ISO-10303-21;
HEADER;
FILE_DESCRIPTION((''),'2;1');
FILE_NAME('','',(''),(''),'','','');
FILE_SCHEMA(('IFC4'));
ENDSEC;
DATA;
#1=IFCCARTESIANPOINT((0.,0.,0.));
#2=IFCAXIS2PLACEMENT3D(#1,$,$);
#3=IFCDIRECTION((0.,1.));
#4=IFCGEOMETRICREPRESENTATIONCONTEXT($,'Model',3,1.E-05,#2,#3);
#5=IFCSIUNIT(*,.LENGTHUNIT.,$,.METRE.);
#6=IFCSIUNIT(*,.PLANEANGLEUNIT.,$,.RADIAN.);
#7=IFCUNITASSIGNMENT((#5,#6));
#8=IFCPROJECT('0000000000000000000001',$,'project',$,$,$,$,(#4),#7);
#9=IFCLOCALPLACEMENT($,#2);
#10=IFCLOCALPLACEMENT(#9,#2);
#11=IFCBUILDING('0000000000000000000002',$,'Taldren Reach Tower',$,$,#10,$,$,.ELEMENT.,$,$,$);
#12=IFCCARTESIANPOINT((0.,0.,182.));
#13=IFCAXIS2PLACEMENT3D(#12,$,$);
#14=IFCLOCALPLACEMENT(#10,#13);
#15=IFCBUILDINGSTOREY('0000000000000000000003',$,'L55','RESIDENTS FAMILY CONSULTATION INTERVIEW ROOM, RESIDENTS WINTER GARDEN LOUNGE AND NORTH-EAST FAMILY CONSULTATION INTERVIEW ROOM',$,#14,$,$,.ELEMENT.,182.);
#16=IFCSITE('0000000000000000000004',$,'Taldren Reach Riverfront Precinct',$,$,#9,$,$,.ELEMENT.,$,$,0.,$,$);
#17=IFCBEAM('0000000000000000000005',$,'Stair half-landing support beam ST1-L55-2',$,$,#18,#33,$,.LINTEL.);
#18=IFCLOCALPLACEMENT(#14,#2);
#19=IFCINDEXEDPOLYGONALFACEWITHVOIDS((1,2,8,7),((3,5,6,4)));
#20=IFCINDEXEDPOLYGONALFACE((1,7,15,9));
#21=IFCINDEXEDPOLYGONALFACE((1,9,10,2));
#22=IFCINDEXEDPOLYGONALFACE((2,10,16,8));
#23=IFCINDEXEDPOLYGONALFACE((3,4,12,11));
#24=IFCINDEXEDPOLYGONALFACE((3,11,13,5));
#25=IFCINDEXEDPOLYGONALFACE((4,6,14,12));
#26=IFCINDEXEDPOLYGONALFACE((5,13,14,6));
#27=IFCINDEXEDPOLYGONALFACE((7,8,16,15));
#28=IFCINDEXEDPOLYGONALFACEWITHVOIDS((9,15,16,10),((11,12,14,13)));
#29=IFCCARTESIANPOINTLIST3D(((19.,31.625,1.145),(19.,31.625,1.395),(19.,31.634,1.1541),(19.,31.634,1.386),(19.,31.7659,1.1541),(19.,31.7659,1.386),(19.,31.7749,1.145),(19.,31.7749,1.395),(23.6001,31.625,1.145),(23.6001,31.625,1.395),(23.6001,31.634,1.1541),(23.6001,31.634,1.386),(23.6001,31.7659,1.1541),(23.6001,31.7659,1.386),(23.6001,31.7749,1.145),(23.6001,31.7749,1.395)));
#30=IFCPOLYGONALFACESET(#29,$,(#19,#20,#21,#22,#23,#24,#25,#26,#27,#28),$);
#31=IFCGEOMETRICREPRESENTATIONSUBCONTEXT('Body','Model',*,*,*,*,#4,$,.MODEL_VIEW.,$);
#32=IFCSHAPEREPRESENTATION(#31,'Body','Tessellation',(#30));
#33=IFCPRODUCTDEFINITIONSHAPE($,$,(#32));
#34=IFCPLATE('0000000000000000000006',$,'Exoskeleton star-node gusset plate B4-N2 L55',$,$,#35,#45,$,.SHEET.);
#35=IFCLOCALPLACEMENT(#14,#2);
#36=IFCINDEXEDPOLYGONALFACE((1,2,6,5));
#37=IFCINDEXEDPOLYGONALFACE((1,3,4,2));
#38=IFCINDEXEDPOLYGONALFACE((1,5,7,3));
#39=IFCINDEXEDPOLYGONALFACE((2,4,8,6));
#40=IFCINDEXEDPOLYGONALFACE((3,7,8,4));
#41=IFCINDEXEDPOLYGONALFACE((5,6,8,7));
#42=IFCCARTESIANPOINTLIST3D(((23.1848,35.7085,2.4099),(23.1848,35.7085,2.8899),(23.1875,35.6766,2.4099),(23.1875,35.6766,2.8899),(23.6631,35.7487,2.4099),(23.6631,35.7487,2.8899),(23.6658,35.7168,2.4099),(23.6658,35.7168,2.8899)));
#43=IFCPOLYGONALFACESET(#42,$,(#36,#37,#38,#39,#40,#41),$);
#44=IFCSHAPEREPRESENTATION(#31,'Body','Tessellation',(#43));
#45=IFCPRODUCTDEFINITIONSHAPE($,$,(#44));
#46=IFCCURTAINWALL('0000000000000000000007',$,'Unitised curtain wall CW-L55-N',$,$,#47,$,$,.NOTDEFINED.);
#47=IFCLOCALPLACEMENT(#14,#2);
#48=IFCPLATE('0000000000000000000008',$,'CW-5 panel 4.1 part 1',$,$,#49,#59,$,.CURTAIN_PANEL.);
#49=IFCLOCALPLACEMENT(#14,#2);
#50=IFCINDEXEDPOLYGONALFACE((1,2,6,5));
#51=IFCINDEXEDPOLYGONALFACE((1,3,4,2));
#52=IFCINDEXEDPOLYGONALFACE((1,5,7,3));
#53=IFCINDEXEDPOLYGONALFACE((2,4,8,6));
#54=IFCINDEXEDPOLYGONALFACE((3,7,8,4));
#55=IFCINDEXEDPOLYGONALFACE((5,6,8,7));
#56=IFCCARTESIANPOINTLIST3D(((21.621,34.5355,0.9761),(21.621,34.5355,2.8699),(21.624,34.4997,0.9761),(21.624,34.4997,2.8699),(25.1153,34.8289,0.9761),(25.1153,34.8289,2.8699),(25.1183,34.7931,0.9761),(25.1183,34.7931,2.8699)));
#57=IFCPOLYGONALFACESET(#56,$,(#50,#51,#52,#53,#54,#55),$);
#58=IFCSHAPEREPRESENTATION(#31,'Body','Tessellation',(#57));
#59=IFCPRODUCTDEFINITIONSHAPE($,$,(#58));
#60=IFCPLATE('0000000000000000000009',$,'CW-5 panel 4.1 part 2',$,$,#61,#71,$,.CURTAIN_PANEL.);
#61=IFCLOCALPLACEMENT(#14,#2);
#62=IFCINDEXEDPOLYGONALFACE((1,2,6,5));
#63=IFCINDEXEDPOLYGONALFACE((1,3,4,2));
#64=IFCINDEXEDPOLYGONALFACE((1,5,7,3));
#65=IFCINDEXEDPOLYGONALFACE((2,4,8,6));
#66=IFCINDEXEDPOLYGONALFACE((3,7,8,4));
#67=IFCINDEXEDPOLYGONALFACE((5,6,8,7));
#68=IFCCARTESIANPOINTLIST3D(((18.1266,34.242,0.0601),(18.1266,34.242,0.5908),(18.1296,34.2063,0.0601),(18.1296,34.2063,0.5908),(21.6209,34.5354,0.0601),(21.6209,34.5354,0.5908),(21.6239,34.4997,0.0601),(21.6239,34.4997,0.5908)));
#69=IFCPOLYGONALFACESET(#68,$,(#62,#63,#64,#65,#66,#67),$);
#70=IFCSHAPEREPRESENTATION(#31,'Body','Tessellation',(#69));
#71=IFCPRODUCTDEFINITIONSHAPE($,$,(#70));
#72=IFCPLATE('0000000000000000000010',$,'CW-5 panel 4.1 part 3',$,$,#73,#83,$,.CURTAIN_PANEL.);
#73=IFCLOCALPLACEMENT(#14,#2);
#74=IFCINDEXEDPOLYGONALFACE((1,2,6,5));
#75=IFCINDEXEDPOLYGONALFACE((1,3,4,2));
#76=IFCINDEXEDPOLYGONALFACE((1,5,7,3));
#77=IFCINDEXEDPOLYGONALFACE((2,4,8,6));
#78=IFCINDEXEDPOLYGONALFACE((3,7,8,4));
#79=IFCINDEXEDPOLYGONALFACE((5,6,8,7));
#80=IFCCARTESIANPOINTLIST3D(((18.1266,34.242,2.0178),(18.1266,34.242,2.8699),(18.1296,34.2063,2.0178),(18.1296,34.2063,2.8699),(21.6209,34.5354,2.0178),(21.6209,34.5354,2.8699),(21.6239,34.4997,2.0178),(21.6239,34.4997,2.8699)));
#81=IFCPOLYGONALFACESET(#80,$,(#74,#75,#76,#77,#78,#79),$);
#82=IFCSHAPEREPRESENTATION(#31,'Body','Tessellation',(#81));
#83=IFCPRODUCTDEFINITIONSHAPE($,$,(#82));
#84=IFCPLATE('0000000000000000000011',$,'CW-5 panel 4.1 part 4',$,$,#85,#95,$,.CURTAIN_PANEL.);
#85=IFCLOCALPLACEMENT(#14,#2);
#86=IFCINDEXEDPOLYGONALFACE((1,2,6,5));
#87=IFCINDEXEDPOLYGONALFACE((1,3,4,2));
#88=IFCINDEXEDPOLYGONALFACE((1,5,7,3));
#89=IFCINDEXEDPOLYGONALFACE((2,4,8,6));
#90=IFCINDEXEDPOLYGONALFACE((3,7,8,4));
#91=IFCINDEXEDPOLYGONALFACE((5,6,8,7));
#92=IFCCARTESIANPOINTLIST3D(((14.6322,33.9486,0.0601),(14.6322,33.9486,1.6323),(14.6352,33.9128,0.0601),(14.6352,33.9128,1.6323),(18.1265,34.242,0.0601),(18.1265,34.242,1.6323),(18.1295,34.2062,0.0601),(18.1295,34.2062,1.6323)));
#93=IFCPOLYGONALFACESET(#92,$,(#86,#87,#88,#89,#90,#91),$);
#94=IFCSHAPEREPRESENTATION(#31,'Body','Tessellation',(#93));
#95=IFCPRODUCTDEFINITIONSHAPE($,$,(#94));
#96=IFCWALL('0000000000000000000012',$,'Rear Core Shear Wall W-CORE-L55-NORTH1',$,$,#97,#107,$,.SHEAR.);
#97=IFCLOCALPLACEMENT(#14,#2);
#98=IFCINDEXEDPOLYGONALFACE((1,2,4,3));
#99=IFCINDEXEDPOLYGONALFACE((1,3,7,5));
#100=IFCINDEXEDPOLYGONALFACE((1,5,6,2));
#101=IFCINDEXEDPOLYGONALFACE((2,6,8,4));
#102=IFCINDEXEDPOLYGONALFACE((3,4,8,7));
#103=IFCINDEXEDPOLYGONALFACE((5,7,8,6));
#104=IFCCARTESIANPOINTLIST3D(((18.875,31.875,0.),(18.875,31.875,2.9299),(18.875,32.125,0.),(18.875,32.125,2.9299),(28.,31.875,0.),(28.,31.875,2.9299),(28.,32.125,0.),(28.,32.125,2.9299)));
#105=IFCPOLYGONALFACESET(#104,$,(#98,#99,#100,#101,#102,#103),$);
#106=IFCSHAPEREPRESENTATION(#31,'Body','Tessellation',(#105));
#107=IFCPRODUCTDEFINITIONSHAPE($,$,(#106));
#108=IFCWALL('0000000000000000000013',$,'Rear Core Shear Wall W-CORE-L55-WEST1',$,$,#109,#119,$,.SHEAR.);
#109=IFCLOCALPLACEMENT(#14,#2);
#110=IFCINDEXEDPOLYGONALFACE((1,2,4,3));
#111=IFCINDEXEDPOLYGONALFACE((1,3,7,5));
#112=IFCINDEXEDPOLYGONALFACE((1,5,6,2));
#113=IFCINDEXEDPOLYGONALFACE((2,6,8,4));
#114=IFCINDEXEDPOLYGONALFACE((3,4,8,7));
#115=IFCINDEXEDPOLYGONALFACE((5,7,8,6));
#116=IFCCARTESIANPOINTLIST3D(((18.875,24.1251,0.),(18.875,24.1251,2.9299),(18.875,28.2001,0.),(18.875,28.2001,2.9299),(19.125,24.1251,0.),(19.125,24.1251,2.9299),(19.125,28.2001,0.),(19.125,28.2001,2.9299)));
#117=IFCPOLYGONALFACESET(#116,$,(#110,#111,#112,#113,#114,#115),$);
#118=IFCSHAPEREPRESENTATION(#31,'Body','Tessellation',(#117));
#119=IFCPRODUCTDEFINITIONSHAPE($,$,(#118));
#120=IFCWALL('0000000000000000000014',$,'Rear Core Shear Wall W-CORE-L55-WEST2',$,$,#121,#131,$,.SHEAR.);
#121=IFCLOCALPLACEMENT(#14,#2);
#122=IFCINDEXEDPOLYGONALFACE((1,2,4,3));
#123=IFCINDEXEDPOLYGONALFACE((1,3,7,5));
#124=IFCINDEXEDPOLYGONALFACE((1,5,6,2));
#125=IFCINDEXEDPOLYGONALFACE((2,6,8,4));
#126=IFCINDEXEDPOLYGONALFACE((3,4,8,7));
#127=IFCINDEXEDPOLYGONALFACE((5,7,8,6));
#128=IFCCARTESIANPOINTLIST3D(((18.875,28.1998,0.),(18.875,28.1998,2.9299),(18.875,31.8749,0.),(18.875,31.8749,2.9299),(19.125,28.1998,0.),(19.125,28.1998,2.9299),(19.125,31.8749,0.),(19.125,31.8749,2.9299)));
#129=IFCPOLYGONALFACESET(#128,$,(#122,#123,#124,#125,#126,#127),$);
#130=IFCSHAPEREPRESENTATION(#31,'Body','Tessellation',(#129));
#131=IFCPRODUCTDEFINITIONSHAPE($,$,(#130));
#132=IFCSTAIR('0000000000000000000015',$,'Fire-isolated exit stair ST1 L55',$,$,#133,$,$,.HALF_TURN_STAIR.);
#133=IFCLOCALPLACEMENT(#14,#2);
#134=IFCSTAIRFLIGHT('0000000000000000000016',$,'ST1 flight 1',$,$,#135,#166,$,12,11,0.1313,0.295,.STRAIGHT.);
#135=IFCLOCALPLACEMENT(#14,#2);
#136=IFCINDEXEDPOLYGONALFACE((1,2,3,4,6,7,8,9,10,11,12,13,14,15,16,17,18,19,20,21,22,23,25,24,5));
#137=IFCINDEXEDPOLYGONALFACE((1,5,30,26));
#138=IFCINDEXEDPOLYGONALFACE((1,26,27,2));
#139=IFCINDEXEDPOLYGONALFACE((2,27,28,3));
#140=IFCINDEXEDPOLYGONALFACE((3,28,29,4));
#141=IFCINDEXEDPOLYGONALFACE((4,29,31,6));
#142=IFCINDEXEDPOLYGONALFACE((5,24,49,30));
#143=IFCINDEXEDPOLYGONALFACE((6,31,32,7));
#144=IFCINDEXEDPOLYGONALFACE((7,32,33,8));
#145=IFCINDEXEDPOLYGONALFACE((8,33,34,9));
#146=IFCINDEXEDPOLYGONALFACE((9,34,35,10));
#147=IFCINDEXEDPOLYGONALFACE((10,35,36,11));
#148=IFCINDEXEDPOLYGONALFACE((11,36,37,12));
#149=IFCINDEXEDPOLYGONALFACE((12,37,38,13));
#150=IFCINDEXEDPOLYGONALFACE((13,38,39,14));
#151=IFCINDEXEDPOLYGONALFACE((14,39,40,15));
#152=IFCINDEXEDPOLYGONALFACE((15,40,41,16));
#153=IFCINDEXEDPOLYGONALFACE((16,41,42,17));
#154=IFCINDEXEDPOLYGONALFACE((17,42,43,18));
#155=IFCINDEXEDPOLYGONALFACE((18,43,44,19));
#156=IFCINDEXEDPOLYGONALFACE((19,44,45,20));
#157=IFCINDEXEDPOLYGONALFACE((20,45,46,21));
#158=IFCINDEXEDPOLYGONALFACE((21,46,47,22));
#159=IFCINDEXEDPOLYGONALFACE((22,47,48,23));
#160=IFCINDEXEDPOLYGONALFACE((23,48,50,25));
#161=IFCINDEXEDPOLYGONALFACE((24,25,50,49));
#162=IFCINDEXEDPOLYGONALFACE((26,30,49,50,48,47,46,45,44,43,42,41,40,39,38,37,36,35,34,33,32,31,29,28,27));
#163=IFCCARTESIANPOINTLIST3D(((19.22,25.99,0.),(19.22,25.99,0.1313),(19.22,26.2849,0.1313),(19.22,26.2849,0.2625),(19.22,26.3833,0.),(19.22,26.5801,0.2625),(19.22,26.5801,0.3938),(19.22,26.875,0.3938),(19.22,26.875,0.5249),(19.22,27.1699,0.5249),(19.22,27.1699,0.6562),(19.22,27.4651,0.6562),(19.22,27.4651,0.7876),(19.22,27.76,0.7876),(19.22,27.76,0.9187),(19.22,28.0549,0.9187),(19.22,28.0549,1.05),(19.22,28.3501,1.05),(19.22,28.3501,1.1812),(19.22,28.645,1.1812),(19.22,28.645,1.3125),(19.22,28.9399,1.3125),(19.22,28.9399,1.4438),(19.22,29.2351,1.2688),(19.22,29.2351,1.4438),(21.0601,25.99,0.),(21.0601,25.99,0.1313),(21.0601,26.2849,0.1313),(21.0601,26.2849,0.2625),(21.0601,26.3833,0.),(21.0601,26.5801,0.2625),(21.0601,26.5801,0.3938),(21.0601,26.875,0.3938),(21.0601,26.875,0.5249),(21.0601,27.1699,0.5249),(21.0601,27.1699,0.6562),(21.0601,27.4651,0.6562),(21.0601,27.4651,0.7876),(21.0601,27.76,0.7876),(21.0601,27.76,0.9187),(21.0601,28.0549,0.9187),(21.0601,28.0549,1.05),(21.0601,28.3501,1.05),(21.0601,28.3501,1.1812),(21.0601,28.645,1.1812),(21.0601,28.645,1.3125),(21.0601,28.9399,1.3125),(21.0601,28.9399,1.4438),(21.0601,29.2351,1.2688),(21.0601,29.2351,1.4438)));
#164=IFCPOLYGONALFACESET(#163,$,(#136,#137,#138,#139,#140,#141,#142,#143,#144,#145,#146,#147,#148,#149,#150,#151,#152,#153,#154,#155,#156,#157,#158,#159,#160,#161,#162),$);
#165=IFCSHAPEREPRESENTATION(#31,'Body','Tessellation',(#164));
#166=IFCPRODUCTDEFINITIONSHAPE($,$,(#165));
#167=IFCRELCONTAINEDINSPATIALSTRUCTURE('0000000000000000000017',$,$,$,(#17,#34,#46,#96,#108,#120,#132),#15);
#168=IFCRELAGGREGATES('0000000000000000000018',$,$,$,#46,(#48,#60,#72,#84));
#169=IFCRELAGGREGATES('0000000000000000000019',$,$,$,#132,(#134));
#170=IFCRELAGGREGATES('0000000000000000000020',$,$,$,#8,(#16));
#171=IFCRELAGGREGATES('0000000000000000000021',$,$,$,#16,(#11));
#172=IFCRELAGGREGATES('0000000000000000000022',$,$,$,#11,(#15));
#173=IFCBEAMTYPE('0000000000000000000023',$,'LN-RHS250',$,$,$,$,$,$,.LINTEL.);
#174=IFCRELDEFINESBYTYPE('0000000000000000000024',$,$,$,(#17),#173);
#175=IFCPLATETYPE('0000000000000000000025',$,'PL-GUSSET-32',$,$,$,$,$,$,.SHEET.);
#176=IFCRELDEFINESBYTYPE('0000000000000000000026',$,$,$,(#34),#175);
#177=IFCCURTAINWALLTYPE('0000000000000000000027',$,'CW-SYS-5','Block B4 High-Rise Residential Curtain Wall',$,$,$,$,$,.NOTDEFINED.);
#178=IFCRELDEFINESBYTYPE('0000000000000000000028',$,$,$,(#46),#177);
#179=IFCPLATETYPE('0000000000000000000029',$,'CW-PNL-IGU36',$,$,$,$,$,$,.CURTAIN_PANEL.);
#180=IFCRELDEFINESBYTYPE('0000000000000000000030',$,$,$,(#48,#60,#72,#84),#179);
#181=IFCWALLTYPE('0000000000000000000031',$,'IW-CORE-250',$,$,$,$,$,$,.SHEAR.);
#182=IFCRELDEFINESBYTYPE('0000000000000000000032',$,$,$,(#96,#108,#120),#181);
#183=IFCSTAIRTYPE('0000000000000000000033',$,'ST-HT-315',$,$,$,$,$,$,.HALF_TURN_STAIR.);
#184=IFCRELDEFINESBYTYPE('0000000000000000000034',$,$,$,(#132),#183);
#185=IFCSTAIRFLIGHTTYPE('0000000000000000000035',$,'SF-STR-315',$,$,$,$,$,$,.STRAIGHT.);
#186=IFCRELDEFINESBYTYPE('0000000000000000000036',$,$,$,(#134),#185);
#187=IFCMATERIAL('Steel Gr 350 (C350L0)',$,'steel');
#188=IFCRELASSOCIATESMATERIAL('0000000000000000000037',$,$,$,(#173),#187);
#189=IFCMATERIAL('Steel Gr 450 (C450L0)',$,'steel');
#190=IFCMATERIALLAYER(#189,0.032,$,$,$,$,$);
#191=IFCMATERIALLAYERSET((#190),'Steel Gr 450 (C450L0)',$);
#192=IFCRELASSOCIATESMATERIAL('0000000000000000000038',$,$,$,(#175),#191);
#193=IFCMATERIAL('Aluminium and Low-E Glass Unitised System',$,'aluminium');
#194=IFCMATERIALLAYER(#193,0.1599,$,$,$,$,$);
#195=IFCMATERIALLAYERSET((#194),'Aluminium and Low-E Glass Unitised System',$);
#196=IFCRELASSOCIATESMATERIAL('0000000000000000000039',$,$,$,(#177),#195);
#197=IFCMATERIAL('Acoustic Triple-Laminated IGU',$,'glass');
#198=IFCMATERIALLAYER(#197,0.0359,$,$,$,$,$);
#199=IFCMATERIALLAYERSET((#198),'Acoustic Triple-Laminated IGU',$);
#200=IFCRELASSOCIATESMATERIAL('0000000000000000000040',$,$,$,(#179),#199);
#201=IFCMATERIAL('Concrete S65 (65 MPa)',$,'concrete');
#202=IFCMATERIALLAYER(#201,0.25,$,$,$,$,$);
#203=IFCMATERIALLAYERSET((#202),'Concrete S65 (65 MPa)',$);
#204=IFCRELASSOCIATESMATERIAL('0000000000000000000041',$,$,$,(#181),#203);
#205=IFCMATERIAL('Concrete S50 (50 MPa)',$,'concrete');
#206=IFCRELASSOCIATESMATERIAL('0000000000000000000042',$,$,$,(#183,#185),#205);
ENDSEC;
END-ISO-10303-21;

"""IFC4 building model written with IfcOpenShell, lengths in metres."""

from ifc_helpers import new_model, si_unit, direction, frame, frame_2d, origin, origin_2d, place, context, subcontext, project, spatial, polyline, rectangle, hollow_rectangle, outline, extrude, source, transform, mapped, material, layer, layer_set, material_profile, profile_set, type_object, element, aggregate, save


model = new_model("IFC4")

# Units and contexts
model_context = context("Model", 3, precision=1e-05, world=origin(), true_north=direction((0.0, 1.0)))
body_context = subcontext(model_context, "Body", "Model", "MODEL_VIEW")
ifc_project = project(units=[si_unit("LENGTHUNIT", "METRE"), si_unit("PLANEANGLEUNIT", "RADIAN")], contexts=[model_context])

# Site, building, storey
site_placement = place(None, origin())
site = spatial("IfcSite", under=ifc_project, at=site_placement, Name="Taldren Reach Riverfront Precinct", CompositionType="ELEMENT", RefElevation=0.0)
building_placement = place(site_placement, origin())
building = spatial("IfcBuilding", under=site, at=building_placement, Name="Taldren Reach Tower", CompositionType="ELEMENT")
storey_placement = place(building_placement, frame((0.0, 0.0, 182.0)))
storey = spatial("IfcBuildingStorey", under=building, at=storey_placement, Name="L55", Description="RESIDENTS FAMILY CONSULTATION INTERVIEW ROOM, RESIDENTS WINTER GARDEN LOUNGE AND NORTH-EAST FAMILY CONSULTATION INTERVIEW ROOM", CompositionType="ELEMENT", Elevation=182.0)

# Shared definitions
ifc_material_1 = material(Name="Steel Gr 450 (C450L0)", Category="steel")

# Shared definitions
ifc_material_2 = material(Name="Steel Gr 350 (C350L0)", Category="steel")

# Beam
ifc_material_profile_1 = material_profile(ifc_material_2, hollow_rectangle(XDim=0.1499, YDim=0.25, WallThickness=0.009, at=origin_2d()), Name="250x150x9.0RHS")
ifc_profile_set_1 = profile_set([ifc_material_profile_1], Name="Steel Gr 350 (C350L0)")
beam_type_1 = type_object("IfcBeamType", Name="LN-RHS250", PredefinedType="LINTEL", material=ifc_profile_set_1)
shared_shape_1 = source(origin(), body_context, "Body", "SweptSolid", [
    extrude(hollow_rectangle(XDim=0.1499, YDim=0.25, WallThickness=0.009, at=origin_2d()), origin(), (0.0, 0.0, 1.0), 4.6001),
])
for number, where, z_axis, x_axis, name in (
    (1, (19.0, 31.7, 1.27), (1.0, 0.0, 0.0), (0.0, 1.0, 0.0), "Stair half-landing support beam ST1-L55-2"),
):
    element("IfcBeam", number, at=place(storey_placement, frame(where, z_axis=z_axis, x_axis=x_axis)), inside=storey, type_object=beam_type_1, Name=name, PredefinedType="LINTEL", context=body_context, shape_type="MappedRepresentation", body=[
        mapped(shared_shape_1, transform((0.0, 0.0, 0.0), scale=1.0)),
    ])

# Plate
ifc_layer_1 = layer(ifc_material_1, 0.032)
ifc_layer_set_1 = layer_set([ifc_layer_1], Name="Steel Gr 450 (C450L0)")
plate_type_1 = type_object("IfcPlateType", Name="PL-GUSSET-32", PredefinedType="SHEET", material=ifc_layer_set_1)
shared_shape_2 = source(origin(), body_context, "Body", "SweptSolid", [
    extrude(rectangle(XDim=0.48, YDim=0.032, at=origin_2d()), origin(), (0.0, 0.0, 1.0), 0.48),
])
plate_1_placement = place(storey_placement, frame((23.4253, 35.7126, 2.4099), z_axis=(0.0, 0.0, 1.0), x_axis=(0.996493, 0.083678, 0.0)))
element("IfcPlate", 2, at=plate_1_placement, inside=storey, type_object=plate_type_1, Name="Exoskeleton star-node gusset plate B4-N2 L55", PredefinedType="SHEET", context=body_context, shape_type="MappedRepresentation", body=[
    mapped(shared_shape_2, transform((0.0, 0.0, 0.0), scale=1.0)),
])

# Curtain wall, plates
ifc_material_3 = material(Name="Aluminium and Low-E Glass Unitised System", Category="aluminium")
ifc_layer_2 = layer(ifc_material_3, 0.1599)
ifc_layer_set_2 = layer_set([ifc_layer_2], Name="Aluminium and Low-E Glass Unitised System")
curtain_wall_type = type_object("IfcCurtainWallType", Name="CW-SYS-5", Description="Block B4 High-Rise Residential Curtain Wall", PredefinedType="NOTDEFINED", material=ifc_layer_set_2)
curtain_wall_placement = place(storey_placement, origin())
curtain_wall = element("IfcCurtainWall", 3, at=curtain_wall_placement, inside=storey, type_object=curtain_wall_type, Name="Unitised curtain wall CW-L55-N", PredefinedType="NOTDEFINED")
ifc_material_4 = material(Name="Acoustic Triple-Laminated IGU", Category="glass")
ifc_layer_3 = layer(ifc_material_4, 0.0359)
ifc_layer_set_3 = layer_set([ifc_layer_3], Name="Acoustic Triple-Laminated IGU")
plate_type_2 = type_object("IfcPlateType", Name="CW-PNL-IGU36", PredefinedType="CURTAIN_PANEL", material=ifc_layer_set_3)
shared_shape_3 = source(origin(), body_context, "Body", "SweptSolid", [
    extrude(rectangle(XDim=3.5066, YDim=0.0359, at=origin_2d()), origin(), (0.0, 0.0, 1.0), 1.8938),
])
plate_2_placement = place(storey_placement, frame((23.3696, 34.6643, 0.9761), z_axis=(0.0, 0.0, 1.0), x_axis=(-0.996493, -0.083678, 0.0)))
plate_2 = element("IfcPlate", 4, at=plate_2_placement, type_object=plate_type_2, Name="CW-5 panel 4.1 part 1", PredefinedType="CURTAIN_PANEL", context=body_context, shape_type="MappedRepresentation", body=[
    mapped(shared_shape_3, transform((0.0, 0.0, 0.0), scale=1.0)),
])
shared_shape_4 = source(origin(), body_context, "Body", "SweptSolid", [
    extrude(rectangle(XDim=3.5066, YDim=0.0359, at=origin_2d()), origin(), (0.0, 0.0, 1.0), 0.5308),
])
plate_3_placement = place(storey_placement, frame((19.8752, 34.3708, 0.0601), z_axis=(0.0, 0.0, 1.0), x_axis=(-0.996493, -0.083678, 0.0)))
plate_3 = element("IfcPlate", 5, at=plate_3_placement, type_object=plate_type_2, Name="CW-5 panel 4.1 part 2", PredefinedType="CURTAIN_PANEL", context=body_context, shape_type="MappedRepresentation", body=[
    mapped(shared_shape_4, transform((0.0, 0.0, 0.0), scale=1.0)),
])
shared_shape_5 = source(origin(), body_context, "Body", "SweptSolid", [
    extrude(rectangle(XDim=3.5066, YDim=0.0359, at=origin_2d()), origin(), (0.0, 0.0, 1.0), 0.8521),
])
plate_4_placement = place(storey_placement, frame((19.8752, 34.3708, 2.0178), z_axis=(0.0, 0.0, 1.0), x_axis=(-0.996493, -0.083678, 0.0)))
plate_4 = element("IfcPlate", 6, at=plate_4_placement, type_object=plate_type_2, Name="CW-5 panel 4.1 part 3", PredefinedType="CURTAIN_PANEL", context=body_context, shape_type="MappedRepresentation", body=[
    mapped(shared_shape_5, transform((0.0, 0.0, 0.0), scale=1.0)),
])
shared_shape_6 = source(origin(), body_context, "Body", "SweptSolid", [
    extrude(rectangle(XDim=3.5066, YDim=0.0359, at=origin_2d()), origin(), (0.0, 0.0, 1.0), 1.5723),
])
plate_5_placement = place(storey_placement, frame((16.3809, 34.0774, 0.0601), z_axis=(0.0, 0.0, 1.0), x_axis=(-0.996493, -0.083678, 0.0)))
plate_5 = element("IfcPlate", 7, at=plate_5_placement, type_object=plate_type_2, Name="CW-5 panel 4.1 part 4", PredefinedType="CURTAIN_PANEL", context=body_context, shape_type="MappedRepresentation", body=[
    mapped(shared_shape_6, transform((0.0, 0.0, 0.0), scale=1.0)),
])
aggregate(curtain_wall, [plate_2, plate_3, plate_4, plate_5])

# Walls
ifc_material_5 = material(Name="Concrete S65 (65 MPa)", Category="concrete")
ifc_layer_4 = layer(ifc_material_5, 0.25)
ifc_layer_set_4 = layer_set([ifc_layer_4], Name="Concrete S65 (65 MPa)")
wall_type = type_object("IfcWallType", Name="IW-CORE-250", PredefinedType="SHEAR", material=ifc_layer_set_4)
shared_shape_7 = source(origin(), body_context, "Body", "SweptSolid", [
    extrude(rectangle(XDim=9.125, YDim=0.25, at=frame_2d((4.5625, 0.0))), origin(), (0.0, 0.0, 1.0), 2.9299),
])
wall_1_placement = place(storey_placement, frame((18.875, 32.0, 0.0), z_axis=(0.0, 0.0, 1.0), x_axis=(1.0, 0.0, 0.0)))
element("IfcWall", 8, at=wall_1_placement, inside=storey, type_object=wall_type, Name="Rear Core Shear Wall W-CORE-L55-NORTH1", PredefinedType="SHEAR", context=body_context, shape_type="MappedRepresentation", body=[
    mapped(shared_shape_7, transform((0.0, 0.0, 0.0), scale=1.0)),
])
shared_shape_8 = source(origin(), body_context, "Body", "SweptSolid", [
    extrude(rectangle(XDim=4.075, YDim=0.25, at=frame_2d((2.0376, 0.0))), origin(), (0.0, 0.0, 1.0), 2.9299),
])
wall_2_placement = place(storey_placement, frame((19.0, 24.125, 0.0), z_axis=(0.0, 0.0, 1.0), x_axis=(0.0, 1.0, 0.0)))
element("IfcWall", 9, at=wall_2_placement, inside=storey, type_object=wall_type, Name="Rear Core Shear Wall W-CORE-L55-WEST1", PredefinedType="SHEAR", context=body_context, shape_type="MappedRepresentation", body=[
    mapped(shared_shape_8, transform((0.0, 0.0, 0.0), scale=1.0)),
])
shared_shape_9 = source(origin(), body_context, "Body", "SweptSolid", [
    extrude(rectangle(XDim=3.675, YDim=0.25, at=frame_2d((1.8374, 0.0))), origin(), (0.0, 0.0, 1.0), 2.9299),
])
wall_3_placement = place(storey_placement, frame((19.0, 28.2, 0.0), z_axis=(0.0, 0.0, 1.0), x_axis=(0.0, 1.0, 0.0)))
element("IfcWall", 10, at=wall_3_placement, inside=storey, type_object=wall_type, Name="Rear Core Shear Wall W-CORE-L55-WEST2", PredefinedType="SHEAR", context=body_context, shape_type="MappedRepresentation", body=[
    mapped(shared_shape_9, transform((0.0, 0.0, 0.0), scale=1.0)),
])

# Stair, stair flight
ifc_material_6 = material(Name="Concrete S50 (50 MPa)", Category="concrete")
stair_type = type_object("IfcStairType", Name="ST-HT-315", PredefinedType="HALF_TURN_STAIR", material=ifc_material_6)
stair_placement = place(storey_placement, origin())
stair = element("IfcStair", 11, at=stair_placement, inside=storey, type_object=stair_type, Name="Fire-isolated exit stair ST1 L55", PredefinedType="HALF_TURN_STAIR")
stair_flight_type = type_object("IfcStairFlightType", Name="SF-STR-315", PredefinedType="STRAIGHT", material=ifc_material_6)
stair_flight_1_placement = place(storey_placement, frame((20.1399, 25.99, 0.0), z_axis=(0.0, 0.0, 1.0), x_axis=(0.0, 1.0, 0.0)))
stair_flight_1 = element("IfcStairFlight", 12, at=stair_flight_1_placement, type_object=stair_flight_type, Name="ST1 flight 1", NumberOfRisers=12, NumberOfTreads=11, PredefinedType="STRAIGHT", RiserHeight=0.1313, TreadLength=0.295, context=body_context, shape_type="SweptSolid", body=[
    extrude(outline(polyline([(0.0, 0.0), (0.0, 0.1313), (0.2949, 0.1313), (0.2949, 0.2625), (0.5901, 0.2625), (0.5901, 0.3938), (0.885, 0.3938), (0.885, 0.5249), (1.1799, 0.5249), (1.1799, 0.6562), (1.4751, 0.6562), (1.4751, 0.7876), (1.77, 0.7876), (1.77, 0.9187), (2.0649, 0.9187), (2.0649, 1.05), (2.3601, 1.05), (2.3601, 1.1812), (2.655, 1.1812), (2.655, 1.3125), (2.95, 1.3125), (2.95, 1.4438), (3.2451, 1.4438), (3.2451, 1.575), (3.2451, 1.2688), (0.3933, 0.0), (0.0, 0.0)])), frame((0.0, 0.9199, 0.0), z_axis=(0.0, -1.0, 0.0), x_axis=(1.0, 0.0, 0.0)), (0.0, 0.0, 1.0), 1.8401),
])
aggregate(stair, [stair_flight_1])

save(model, "model.ifc")
